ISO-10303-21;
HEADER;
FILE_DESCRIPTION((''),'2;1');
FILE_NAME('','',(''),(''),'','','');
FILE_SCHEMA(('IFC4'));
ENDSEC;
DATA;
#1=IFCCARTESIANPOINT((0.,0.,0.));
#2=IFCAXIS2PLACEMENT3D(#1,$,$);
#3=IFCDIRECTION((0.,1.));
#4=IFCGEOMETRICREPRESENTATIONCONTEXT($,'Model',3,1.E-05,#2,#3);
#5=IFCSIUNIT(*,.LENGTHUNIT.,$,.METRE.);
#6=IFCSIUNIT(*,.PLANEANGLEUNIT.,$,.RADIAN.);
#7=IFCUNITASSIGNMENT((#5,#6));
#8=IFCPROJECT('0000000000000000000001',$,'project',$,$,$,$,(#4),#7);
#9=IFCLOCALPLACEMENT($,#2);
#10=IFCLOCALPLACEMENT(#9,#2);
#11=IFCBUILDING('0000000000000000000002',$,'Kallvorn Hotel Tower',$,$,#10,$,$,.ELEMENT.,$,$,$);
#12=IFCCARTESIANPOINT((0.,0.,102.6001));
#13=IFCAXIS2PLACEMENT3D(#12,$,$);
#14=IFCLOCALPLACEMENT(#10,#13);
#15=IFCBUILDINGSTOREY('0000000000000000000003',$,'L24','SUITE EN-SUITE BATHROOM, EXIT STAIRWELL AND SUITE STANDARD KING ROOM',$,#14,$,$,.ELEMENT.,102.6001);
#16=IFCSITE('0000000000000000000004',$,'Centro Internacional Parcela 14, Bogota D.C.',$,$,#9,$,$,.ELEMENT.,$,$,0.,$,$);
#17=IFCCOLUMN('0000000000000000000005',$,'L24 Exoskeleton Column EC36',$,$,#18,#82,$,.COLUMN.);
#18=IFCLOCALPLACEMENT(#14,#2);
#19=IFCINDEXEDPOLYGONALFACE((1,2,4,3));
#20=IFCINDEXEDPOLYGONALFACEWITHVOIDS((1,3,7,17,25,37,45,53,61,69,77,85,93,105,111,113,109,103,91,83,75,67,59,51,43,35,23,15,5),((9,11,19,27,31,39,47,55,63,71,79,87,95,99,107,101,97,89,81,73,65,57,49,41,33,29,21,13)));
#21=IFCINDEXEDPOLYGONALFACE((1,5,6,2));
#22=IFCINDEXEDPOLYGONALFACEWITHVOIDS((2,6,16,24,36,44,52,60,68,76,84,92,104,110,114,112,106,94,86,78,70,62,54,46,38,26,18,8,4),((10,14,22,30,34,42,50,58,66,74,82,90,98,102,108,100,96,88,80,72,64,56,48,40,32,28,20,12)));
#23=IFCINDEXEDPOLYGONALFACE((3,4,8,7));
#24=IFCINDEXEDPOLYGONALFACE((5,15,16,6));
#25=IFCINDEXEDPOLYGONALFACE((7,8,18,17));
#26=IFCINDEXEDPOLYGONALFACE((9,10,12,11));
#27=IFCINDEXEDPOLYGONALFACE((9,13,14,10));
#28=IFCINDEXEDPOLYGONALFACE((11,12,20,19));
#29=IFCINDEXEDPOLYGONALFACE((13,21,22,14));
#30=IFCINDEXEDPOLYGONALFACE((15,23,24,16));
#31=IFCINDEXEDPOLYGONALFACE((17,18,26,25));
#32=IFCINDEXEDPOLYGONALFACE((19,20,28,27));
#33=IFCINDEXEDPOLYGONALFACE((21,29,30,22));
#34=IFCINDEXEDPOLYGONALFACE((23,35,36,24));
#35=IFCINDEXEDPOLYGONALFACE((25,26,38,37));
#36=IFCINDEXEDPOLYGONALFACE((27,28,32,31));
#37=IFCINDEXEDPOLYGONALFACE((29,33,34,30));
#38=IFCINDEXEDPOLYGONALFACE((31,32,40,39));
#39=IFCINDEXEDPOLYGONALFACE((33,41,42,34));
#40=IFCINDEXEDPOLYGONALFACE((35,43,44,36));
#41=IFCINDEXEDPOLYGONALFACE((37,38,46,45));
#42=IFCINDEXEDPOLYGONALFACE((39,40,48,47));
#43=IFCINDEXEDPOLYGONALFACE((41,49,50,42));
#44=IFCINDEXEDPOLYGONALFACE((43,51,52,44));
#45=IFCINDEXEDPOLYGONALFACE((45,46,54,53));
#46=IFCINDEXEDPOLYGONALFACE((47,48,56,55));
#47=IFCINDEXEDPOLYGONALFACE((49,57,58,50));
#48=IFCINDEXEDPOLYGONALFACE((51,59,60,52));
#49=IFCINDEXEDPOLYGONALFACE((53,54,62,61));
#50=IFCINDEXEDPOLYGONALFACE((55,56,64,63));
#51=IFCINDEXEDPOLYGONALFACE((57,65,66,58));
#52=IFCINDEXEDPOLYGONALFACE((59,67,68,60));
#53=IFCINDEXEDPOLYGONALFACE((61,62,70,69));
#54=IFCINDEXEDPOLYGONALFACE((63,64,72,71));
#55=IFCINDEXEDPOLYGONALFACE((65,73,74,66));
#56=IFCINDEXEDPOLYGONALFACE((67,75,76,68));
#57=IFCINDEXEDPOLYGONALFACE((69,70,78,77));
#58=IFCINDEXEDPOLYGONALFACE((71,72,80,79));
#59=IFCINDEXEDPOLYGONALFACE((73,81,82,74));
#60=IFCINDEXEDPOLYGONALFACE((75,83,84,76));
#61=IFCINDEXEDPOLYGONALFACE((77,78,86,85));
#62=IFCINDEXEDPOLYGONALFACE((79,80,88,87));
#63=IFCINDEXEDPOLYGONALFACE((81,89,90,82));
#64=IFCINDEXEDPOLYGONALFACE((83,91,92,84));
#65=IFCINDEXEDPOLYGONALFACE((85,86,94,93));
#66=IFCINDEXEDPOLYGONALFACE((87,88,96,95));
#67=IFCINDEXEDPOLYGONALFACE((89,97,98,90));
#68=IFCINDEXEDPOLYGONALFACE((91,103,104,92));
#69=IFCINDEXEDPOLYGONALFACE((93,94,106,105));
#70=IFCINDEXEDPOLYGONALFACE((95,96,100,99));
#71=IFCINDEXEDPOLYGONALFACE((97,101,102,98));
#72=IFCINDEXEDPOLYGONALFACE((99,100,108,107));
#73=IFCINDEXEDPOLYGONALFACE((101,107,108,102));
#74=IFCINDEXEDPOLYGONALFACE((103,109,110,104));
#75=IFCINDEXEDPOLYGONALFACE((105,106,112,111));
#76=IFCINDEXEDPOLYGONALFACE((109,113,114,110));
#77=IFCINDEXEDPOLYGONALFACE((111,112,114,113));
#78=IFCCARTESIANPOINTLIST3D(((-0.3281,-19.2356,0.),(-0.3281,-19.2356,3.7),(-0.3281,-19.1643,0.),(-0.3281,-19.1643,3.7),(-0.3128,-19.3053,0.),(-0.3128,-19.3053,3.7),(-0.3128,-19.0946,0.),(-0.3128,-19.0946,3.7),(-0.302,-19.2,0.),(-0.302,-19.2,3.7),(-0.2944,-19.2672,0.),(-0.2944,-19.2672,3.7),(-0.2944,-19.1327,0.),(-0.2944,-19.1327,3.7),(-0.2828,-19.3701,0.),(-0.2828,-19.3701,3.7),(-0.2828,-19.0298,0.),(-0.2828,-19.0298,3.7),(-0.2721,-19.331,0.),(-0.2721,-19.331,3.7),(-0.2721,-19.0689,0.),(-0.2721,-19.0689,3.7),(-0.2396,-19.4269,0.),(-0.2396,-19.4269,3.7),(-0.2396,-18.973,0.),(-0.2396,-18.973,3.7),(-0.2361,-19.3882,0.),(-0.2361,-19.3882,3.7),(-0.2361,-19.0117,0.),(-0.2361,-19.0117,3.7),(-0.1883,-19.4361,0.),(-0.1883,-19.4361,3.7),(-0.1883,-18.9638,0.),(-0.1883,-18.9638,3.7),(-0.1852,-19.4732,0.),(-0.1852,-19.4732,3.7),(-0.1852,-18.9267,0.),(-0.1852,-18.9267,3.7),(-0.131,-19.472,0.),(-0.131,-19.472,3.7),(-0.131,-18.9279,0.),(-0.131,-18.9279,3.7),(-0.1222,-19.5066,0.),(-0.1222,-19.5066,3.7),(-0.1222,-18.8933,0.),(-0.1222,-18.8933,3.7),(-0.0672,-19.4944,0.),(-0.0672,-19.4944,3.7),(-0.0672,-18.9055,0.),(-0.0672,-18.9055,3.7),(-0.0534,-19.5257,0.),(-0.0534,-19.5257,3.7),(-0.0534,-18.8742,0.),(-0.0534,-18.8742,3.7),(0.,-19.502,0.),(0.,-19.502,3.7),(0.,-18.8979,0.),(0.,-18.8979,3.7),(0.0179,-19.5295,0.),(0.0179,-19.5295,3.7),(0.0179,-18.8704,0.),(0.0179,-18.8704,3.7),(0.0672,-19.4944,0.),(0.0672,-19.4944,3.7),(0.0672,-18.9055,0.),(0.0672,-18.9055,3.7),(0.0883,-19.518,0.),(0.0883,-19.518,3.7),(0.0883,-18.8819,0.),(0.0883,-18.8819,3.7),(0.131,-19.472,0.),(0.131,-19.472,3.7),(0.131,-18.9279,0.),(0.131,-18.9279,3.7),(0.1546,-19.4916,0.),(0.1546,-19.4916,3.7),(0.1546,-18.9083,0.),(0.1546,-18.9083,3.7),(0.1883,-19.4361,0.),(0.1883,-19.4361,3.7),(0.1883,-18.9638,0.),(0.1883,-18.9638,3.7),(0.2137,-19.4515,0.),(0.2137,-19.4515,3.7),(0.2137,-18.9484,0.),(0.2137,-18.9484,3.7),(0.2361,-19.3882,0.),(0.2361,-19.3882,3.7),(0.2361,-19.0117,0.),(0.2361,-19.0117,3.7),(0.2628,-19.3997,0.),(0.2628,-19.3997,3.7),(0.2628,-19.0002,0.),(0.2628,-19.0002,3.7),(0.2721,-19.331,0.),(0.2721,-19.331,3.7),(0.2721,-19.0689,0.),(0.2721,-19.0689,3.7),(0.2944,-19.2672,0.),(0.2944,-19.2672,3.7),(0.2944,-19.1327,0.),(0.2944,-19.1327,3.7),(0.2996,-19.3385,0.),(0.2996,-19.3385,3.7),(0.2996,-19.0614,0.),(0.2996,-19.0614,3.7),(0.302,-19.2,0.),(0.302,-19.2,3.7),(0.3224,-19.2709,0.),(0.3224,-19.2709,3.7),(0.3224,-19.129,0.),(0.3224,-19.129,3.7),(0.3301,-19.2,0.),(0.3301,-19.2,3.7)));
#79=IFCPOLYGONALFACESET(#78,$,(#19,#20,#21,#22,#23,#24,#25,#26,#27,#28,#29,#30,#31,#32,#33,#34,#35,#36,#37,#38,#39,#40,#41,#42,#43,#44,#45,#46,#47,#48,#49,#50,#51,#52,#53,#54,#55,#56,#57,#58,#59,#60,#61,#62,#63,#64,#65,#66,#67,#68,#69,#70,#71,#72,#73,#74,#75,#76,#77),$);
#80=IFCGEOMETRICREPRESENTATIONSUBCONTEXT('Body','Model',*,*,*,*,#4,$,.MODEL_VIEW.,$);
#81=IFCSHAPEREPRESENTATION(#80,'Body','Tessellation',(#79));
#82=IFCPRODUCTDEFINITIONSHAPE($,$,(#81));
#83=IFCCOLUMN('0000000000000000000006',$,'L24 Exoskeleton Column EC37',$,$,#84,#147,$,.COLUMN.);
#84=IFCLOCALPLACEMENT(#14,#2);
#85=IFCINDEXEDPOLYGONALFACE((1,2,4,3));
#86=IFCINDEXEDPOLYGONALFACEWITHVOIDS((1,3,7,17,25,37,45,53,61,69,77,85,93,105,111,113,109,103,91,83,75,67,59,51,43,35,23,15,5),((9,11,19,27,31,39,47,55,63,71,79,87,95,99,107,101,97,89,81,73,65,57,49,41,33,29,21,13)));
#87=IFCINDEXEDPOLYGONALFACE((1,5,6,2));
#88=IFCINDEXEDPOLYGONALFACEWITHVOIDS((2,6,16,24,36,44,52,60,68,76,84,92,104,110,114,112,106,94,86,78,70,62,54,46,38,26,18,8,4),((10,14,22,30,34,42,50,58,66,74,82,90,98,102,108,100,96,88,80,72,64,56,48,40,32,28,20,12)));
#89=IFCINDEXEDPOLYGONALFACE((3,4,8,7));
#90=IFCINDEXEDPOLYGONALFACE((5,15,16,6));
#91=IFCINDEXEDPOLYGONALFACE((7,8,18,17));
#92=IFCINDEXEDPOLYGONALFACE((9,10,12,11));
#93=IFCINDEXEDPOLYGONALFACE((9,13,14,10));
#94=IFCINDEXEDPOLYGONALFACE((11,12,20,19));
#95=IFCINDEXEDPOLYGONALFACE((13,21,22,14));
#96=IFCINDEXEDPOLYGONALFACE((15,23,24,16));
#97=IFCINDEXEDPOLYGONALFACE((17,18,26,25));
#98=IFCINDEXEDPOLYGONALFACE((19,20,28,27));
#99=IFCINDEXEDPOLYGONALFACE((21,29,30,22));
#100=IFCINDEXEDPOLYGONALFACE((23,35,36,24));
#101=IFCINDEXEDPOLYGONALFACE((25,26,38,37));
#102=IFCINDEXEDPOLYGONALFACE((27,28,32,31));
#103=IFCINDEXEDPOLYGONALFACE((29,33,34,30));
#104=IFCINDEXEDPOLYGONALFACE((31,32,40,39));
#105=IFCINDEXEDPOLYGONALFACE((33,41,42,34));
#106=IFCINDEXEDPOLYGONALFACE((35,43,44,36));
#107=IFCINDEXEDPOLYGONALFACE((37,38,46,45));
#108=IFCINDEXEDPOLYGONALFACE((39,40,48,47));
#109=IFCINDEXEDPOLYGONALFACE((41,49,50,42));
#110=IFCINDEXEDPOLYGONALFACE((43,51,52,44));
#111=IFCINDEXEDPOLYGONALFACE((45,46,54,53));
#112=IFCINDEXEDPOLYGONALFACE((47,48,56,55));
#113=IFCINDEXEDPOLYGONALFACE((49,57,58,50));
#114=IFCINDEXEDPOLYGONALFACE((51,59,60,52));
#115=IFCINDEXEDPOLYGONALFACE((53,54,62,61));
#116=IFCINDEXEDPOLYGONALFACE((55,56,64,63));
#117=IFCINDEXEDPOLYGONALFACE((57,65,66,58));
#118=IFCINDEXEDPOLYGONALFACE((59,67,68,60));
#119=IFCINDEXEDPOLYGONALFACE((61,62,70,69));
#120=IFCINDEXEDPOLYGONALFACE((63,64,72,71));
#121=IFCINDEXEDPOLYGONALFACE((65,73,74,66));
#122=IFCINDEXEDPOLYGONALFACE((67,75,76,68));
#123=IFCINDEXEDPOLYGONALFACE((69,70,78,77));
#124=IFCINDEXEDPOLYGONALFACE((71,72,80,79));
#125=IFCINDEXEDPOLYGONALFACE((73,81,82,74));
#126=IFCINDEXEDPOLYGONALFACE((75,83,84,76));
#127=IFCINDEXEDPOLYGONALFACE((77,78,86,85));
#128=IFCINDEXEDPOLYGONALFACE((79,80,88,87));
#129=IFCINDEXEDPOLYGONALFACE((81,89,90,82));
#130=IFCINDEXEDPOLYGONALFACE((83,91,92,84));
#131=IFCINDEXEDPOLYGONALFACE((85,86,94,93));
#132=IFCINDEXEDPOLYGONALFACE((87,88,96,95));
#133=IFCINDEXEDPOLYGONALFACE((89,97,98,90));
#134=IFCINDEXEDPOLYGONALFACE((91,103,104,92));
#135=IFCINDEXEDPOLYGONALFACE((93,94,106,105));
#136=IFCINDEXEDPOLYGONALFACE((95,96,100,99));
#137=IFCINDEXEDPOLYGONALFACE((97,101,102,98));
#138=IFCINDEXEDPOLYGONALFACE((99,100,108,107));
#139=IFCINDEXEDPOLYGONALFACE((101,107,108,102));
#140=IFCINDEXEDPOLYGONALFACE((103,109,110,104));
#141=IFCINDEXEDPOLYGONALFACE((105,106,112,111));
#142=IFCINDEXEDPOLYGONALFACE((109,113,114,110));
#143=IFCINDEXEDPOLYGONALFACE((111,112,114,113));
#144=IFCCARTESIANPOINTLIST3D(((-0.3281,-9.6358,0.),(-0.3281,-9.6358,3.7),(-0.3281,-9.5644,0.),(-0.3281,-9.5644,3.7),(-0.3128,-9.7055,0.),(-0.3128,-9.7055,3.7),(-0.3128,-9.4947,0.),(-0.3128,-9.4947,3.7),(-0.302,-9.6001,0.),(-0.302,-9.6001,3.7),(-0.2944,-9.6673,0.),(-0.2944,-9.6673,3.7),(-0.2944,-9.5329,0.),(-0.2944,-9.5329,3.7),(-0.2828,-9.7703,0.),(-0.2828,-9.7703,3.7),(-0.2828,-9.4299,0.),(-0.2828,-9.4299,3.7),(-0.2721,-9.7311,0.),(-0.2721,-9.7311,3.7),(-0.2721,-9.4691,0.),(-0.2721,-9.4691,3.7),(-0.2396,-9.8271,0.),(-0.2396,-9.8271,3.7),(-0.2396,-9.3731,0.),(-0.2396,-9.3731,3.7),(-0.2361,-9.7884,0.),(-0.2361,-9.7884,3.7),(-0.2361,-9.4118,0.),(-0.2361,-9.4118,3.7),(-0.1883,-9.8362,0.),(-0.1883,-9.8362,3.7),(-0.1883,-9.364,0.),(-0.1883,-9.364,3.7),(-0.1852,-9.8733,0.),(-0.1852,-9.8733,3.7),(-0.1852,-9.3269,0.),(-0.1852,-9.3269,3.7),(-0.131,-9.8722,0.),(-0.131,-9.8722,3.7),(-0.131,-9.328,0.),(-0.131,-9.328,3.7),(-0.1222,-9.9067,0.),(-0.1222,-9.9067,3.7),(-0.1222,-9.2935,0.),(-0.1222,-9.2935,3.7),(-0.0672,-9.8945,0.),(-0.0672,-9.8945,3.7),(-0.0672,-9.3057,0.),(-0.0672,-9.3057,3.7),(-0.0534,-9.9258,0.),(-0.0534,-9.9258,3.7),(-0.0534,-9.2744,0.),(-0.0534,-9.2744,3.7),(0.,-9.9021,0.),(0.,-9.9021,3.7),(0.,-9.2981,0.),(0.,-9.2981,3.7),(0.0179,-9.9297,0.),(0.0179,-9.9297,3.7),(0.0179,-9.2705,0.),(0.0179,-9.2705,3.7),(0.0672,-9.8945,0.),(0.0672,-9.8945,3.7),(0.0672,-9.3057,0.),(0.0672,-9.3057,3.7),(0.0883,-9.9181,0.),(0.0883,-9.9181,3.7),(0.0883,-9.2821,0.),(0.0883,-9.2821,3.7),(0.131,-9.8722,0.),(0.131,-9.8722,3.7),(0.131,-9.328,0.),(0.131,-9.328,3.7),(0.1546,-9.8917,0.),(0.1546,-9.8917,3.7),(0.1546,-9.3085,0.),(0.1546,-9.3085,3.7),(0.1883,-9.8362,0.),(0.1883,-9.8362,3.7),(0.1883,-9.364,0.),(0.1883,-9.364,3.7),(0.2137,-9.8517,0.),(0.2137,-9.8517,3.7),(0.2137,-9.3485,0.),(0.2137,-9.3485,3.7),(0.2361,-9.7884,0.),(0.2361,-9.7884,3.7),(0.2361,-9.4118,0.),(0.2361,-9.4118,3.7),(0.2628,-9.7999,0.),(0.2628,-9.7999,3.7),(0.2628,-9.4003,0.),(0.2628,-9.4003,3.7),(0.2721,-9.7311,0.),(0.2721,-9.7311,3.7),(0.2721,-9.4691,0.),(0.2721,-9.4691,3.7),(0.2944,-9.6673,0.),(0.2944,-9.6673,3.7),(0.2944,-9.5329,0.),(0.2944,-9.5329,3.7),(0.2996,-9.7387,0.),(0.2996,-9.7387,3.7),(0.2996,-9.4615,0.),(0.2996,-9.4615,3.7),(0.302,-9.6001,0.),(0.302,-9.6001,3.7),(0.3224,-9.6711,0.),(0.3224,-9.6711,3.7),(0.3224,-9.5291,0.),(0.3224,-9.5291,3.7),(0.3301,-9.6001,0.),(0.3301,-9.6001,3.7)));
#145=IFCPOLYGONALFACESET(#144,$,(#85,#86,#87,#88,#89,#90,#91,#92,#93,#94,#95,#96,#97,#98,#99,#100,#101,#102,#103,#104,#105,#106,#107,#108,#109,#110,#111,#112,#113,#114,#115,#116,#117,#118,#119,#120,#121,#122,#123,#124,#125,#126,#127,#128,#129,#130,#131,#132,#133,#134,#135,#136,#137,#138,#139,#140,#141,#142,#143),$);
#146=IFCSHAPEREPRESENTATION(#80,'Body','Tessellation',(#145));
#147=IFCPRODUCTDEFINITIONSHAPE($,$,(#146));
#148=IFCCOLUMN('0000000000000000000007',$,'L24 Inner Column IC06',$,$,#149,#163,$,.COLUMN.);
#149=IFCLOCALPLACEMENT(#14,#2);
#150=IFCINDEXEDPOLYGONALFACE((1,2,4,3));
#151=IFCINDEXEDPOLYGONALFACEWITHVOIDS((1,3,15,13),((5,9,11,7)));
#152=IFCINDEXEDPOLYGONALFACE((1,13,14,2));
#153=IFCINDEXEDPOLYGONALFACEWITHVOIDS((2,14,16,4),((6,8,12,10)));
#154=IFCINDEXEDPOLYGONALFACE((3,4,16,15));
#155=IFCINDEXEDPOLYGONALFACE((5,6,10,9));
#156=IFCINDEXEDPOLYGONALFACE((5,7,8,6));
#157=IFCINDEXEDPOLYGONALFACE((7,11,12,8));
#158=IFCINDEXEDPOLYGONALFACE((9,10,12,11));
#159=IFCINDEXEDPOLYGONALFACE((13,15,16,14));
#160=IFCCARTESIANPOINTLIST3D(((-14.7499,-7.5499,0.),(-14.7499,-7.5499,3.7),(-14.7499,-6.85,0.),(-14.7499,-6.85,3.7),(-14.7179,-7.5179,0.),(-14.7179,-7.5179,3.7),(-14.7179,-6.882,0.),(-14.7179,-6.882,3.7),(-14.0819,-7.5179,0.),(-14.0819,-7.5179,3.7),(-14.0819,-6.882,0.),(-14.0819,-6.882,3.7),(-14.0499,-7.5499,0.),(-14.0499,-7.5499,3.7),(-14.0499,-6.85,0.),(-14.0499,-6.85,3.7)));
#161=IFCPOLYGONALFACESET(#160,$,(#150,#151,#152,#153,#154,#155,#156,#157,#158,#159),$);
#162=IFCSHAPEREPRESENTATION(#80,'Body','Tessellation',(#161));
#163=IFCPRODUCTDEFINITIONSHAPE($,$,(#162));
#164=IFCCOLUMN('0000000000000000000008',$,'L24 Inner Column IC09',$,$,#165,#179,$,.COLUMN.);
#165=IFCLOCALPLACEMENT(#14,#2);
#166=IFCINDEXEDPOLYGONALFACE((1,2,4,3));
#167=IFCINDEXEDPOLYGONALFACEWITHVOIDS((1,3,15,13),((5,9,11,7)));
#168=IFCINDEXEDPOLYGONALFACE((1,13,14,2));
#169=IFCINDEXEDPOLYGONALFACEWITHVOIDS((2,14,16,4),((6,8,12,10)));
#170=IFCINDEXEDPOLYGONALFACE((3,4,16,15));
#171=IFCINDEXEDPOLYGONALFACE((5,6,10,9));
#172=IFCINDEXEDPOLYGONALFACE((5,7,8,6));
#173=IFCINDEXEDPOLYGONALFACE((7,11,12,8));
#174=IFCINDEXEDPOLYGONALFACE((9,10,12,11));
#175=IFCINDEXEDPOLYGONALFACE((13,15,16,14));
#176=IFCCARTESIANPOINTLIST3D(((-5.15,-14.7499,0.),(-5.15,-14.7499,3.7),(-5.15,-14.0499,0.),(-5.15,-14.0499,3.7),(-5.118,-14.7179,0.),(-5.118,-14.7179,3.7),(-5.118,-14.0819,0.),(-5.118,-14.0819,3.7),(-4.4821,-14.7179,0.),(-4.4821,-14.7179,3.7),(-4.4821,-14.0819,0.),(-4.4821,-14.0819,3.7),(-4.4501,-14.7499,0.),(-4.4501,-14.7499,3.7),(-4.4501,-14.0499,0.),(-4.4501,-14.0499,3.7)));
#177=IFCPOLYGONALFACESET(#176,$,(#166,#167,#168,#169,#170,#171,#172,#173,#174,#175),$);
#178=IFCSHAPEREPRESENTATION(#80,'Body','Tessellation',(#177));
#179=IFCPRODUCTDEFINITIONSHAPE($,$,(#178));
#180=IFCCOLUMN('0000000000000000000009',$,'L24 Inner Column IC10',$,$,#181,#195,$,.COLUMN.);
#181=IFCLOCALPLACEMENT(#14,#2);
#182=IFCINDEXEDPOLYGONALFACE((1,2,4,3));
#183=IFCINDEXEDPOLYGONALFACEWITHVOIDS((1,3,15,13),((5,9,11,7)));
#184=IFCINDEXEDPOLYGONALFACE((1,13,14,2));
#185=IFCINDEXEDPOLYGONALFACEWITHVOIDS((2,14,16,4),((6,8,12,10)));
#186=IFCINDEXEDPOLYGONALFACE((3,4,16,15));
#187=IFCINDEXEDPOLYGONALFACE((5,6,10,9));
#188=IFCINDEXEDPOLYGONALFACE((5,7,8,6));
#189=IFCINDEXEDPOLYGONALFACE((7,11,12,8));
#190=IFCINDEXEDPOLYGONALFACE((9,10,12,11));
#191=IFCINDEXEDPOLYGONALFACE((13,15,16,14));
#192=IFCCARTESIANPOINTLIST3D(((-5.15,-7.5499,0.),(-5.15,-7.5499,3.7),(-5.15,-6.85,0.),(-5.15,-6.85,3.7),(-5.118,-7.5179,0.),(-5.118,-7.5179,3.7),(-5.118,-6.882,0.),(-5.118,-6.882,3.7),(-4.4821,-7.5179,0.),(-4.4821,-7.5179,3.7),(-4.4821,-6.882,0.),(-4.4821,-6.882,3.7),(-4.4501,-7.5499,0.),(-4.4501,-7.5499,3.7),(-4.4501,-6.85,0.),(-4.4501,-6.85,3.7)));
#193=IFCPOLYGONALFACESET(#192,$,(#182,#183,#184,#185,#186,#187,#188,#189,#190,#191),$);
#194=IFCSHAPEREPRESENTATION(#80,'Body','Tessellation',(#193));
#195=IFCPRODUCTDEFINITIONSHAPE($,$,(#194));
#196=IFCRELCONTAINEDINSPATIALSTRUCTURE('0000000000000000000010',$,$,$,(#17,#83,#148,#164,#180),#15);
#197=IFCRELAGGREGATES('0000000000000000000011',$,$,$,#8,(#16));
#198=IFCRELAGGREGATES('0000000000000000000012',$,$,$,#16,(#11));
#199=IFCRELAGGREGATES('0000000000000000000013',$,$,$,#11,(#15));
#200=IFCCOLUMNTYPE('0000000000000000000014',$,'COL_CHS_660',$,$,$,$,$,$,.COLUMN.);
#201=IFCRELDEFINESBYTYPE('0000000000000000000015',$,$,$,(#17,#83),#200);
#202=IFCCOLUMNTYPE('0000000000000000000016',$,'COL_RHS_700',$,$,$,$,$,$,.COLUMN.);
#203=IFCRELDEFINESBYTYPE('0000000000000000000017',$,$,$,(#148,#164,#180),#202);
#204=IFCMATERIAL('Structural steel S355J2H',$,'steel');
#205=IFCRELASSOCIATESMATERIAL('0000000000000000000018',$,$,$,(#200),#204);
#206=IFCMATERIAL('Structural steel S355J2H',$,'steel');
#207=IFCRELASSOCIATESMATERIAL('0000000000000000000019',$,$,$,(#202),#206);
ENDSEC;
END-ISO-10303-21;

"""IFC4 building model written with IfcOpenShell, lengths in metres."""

from ifc_helpers import new_model, si_unit, direction, frame, origin, origin_2d, place, context, subcontext, project, spatial, hollow_rectangle, hollow_circle, extrude, material, material_profile, profile_set, type_object, element, save


model = new_model("IFC4")

# Units and contexts
model_context = context("Model", 3, precision=1e-05, world=origin(), true_north=direction((0.0, 1.0)))
body_context = subcontext(model_context, "Body", "Model", "MODEL_VIEW")
ifc_project = project(units=[si_unit("LENGTHUNIT", "METRE"), si_unit("PLANEANGLEUNIT", "RADIAN")], contexts=[model_context])

# Site, building, storey
site_placement = place(None, origin())
site = spatial("IfcSite", under=ifc_project, at=site_placement, Name="Centro Internacional Parcela 14, Bogota D.C.", CompositionType="ELEMENT", RefElevation=0.0)
building_placement = place(site_placement, origin())
building = spatial("IfcBuilding", under=site, at=building_placement, Name="Kallvorn Hotel Tower", CompositionType="ELEMENT")
storey_placement = place(building_placement, frame((0.0, 0.0, 102.6001)))
storey = spatial("IfcBuildingStorey", under=building, at=storey_placement, Name="L24", Description="SUITE EN-SUITE BATHROOM, EXIT STAIRWELL AND SUITE STANDARD KING ROOM", CompositionType="ELEMENT", Elevation=102.6001)

# Columns
ifc_material_1 = material(Name="Structural steel S355J2H", Category="steel")
ifc_material_profile_1 = material_profile(ifc_material_1, hollow_circle(Radius=0.3301, WallThickness=0.0281, at=origin_2d()), Name="CHS 660x28")
ifc_profile_set_1 = profile_set([ifc_material_profile_1], Name="Structural steel S355J2H")
column_type_1 = type_object("IfcColumnType", Name="COL_CHS_660", PredefinedType="COLUMN", material=ifc_profile_set_1)
for number, where, z_axis, x_axis, name in (
    (1, (0.0, -19.2, 0.0), (0.0, 0.0, 1.0), (1.0, 0.0, 0.0), "L24 Exoskeleton Column EC36"),
    (2, (0.0, -9.6001, 0.0), (0.0, 0.0, 1.0), (1.0, 0.0, 0.0), "L24 Exoskeleton Column EC37"),
):
    element("IfcColumn", number, at=place(storey_placement, frame(where, z_axis=z_axis, x_axis=x_axis)), inside=storey, type_object=column_type_1, Name=name, PredefinedType="COLUMN", context=body_context, shape_type="SweptSolid", body=[
        extrude(hollow_circle(Radius=0.3301, WallThickness=0.0281, at=origin_2d()), origin(), (0.0, 0.0, 1.0), 3.7),
    ])
ifc_material_2 = material(Name="Structural steel S355J2H", Category="steel")
ifc_material_profile_2 = material_profile(ifc_material_2, hollow_rectangle(XDim=0.7, YDim=0.7, WallThickness=0.032, at=origin_2d()), Name="RHS 700x700x32")
ifc_profile_set_2 = profile_set([ifc_material_profile_2], Name="Structural steel S355J2H")
column_type_2 = type_object("IfcColumnType", Name="COL_RHS_700", PredefinedType="COLUMN", material=ifc_profile_set_2)
for number, where, z_axis, x_axis, name in (
    (3, (-14.3999, -7.2, 0.0), (0.0, 0.0, 1.0), (1.0, 0.0, 0.0), "L24 Inner Column IC06"),
    (4, (-4.8, -14.3999, 0.0), (0.0, 0.0, 1.0), (1.0, 0.0, 0.0), "L24 Inner Column IC09"),
    (5, (-4.8, -7.2, 0.0), (0.0, 0.0, 1.0), (1.0, 0.0, 0.0), "L24 Inner Column IC10"),
):
    element("IfcColumn", number, at=place(storey_placement, frame(where, z_axis=z_axis, x_axis=x_axis)), inside=storey, type_object=column_type_2, Name=name, PredefinedType="COLUMN", context=body_context, shape_type="SweptSolid", body=[
        extrude(hollow_rectangle(XDim=0.7, YDim=0.7, WallThickness=0.032, at=origin_2d()), origin(), (0.0, 0.0, 1.0), 3.7),
    ])

save(model, "model.ifc")
